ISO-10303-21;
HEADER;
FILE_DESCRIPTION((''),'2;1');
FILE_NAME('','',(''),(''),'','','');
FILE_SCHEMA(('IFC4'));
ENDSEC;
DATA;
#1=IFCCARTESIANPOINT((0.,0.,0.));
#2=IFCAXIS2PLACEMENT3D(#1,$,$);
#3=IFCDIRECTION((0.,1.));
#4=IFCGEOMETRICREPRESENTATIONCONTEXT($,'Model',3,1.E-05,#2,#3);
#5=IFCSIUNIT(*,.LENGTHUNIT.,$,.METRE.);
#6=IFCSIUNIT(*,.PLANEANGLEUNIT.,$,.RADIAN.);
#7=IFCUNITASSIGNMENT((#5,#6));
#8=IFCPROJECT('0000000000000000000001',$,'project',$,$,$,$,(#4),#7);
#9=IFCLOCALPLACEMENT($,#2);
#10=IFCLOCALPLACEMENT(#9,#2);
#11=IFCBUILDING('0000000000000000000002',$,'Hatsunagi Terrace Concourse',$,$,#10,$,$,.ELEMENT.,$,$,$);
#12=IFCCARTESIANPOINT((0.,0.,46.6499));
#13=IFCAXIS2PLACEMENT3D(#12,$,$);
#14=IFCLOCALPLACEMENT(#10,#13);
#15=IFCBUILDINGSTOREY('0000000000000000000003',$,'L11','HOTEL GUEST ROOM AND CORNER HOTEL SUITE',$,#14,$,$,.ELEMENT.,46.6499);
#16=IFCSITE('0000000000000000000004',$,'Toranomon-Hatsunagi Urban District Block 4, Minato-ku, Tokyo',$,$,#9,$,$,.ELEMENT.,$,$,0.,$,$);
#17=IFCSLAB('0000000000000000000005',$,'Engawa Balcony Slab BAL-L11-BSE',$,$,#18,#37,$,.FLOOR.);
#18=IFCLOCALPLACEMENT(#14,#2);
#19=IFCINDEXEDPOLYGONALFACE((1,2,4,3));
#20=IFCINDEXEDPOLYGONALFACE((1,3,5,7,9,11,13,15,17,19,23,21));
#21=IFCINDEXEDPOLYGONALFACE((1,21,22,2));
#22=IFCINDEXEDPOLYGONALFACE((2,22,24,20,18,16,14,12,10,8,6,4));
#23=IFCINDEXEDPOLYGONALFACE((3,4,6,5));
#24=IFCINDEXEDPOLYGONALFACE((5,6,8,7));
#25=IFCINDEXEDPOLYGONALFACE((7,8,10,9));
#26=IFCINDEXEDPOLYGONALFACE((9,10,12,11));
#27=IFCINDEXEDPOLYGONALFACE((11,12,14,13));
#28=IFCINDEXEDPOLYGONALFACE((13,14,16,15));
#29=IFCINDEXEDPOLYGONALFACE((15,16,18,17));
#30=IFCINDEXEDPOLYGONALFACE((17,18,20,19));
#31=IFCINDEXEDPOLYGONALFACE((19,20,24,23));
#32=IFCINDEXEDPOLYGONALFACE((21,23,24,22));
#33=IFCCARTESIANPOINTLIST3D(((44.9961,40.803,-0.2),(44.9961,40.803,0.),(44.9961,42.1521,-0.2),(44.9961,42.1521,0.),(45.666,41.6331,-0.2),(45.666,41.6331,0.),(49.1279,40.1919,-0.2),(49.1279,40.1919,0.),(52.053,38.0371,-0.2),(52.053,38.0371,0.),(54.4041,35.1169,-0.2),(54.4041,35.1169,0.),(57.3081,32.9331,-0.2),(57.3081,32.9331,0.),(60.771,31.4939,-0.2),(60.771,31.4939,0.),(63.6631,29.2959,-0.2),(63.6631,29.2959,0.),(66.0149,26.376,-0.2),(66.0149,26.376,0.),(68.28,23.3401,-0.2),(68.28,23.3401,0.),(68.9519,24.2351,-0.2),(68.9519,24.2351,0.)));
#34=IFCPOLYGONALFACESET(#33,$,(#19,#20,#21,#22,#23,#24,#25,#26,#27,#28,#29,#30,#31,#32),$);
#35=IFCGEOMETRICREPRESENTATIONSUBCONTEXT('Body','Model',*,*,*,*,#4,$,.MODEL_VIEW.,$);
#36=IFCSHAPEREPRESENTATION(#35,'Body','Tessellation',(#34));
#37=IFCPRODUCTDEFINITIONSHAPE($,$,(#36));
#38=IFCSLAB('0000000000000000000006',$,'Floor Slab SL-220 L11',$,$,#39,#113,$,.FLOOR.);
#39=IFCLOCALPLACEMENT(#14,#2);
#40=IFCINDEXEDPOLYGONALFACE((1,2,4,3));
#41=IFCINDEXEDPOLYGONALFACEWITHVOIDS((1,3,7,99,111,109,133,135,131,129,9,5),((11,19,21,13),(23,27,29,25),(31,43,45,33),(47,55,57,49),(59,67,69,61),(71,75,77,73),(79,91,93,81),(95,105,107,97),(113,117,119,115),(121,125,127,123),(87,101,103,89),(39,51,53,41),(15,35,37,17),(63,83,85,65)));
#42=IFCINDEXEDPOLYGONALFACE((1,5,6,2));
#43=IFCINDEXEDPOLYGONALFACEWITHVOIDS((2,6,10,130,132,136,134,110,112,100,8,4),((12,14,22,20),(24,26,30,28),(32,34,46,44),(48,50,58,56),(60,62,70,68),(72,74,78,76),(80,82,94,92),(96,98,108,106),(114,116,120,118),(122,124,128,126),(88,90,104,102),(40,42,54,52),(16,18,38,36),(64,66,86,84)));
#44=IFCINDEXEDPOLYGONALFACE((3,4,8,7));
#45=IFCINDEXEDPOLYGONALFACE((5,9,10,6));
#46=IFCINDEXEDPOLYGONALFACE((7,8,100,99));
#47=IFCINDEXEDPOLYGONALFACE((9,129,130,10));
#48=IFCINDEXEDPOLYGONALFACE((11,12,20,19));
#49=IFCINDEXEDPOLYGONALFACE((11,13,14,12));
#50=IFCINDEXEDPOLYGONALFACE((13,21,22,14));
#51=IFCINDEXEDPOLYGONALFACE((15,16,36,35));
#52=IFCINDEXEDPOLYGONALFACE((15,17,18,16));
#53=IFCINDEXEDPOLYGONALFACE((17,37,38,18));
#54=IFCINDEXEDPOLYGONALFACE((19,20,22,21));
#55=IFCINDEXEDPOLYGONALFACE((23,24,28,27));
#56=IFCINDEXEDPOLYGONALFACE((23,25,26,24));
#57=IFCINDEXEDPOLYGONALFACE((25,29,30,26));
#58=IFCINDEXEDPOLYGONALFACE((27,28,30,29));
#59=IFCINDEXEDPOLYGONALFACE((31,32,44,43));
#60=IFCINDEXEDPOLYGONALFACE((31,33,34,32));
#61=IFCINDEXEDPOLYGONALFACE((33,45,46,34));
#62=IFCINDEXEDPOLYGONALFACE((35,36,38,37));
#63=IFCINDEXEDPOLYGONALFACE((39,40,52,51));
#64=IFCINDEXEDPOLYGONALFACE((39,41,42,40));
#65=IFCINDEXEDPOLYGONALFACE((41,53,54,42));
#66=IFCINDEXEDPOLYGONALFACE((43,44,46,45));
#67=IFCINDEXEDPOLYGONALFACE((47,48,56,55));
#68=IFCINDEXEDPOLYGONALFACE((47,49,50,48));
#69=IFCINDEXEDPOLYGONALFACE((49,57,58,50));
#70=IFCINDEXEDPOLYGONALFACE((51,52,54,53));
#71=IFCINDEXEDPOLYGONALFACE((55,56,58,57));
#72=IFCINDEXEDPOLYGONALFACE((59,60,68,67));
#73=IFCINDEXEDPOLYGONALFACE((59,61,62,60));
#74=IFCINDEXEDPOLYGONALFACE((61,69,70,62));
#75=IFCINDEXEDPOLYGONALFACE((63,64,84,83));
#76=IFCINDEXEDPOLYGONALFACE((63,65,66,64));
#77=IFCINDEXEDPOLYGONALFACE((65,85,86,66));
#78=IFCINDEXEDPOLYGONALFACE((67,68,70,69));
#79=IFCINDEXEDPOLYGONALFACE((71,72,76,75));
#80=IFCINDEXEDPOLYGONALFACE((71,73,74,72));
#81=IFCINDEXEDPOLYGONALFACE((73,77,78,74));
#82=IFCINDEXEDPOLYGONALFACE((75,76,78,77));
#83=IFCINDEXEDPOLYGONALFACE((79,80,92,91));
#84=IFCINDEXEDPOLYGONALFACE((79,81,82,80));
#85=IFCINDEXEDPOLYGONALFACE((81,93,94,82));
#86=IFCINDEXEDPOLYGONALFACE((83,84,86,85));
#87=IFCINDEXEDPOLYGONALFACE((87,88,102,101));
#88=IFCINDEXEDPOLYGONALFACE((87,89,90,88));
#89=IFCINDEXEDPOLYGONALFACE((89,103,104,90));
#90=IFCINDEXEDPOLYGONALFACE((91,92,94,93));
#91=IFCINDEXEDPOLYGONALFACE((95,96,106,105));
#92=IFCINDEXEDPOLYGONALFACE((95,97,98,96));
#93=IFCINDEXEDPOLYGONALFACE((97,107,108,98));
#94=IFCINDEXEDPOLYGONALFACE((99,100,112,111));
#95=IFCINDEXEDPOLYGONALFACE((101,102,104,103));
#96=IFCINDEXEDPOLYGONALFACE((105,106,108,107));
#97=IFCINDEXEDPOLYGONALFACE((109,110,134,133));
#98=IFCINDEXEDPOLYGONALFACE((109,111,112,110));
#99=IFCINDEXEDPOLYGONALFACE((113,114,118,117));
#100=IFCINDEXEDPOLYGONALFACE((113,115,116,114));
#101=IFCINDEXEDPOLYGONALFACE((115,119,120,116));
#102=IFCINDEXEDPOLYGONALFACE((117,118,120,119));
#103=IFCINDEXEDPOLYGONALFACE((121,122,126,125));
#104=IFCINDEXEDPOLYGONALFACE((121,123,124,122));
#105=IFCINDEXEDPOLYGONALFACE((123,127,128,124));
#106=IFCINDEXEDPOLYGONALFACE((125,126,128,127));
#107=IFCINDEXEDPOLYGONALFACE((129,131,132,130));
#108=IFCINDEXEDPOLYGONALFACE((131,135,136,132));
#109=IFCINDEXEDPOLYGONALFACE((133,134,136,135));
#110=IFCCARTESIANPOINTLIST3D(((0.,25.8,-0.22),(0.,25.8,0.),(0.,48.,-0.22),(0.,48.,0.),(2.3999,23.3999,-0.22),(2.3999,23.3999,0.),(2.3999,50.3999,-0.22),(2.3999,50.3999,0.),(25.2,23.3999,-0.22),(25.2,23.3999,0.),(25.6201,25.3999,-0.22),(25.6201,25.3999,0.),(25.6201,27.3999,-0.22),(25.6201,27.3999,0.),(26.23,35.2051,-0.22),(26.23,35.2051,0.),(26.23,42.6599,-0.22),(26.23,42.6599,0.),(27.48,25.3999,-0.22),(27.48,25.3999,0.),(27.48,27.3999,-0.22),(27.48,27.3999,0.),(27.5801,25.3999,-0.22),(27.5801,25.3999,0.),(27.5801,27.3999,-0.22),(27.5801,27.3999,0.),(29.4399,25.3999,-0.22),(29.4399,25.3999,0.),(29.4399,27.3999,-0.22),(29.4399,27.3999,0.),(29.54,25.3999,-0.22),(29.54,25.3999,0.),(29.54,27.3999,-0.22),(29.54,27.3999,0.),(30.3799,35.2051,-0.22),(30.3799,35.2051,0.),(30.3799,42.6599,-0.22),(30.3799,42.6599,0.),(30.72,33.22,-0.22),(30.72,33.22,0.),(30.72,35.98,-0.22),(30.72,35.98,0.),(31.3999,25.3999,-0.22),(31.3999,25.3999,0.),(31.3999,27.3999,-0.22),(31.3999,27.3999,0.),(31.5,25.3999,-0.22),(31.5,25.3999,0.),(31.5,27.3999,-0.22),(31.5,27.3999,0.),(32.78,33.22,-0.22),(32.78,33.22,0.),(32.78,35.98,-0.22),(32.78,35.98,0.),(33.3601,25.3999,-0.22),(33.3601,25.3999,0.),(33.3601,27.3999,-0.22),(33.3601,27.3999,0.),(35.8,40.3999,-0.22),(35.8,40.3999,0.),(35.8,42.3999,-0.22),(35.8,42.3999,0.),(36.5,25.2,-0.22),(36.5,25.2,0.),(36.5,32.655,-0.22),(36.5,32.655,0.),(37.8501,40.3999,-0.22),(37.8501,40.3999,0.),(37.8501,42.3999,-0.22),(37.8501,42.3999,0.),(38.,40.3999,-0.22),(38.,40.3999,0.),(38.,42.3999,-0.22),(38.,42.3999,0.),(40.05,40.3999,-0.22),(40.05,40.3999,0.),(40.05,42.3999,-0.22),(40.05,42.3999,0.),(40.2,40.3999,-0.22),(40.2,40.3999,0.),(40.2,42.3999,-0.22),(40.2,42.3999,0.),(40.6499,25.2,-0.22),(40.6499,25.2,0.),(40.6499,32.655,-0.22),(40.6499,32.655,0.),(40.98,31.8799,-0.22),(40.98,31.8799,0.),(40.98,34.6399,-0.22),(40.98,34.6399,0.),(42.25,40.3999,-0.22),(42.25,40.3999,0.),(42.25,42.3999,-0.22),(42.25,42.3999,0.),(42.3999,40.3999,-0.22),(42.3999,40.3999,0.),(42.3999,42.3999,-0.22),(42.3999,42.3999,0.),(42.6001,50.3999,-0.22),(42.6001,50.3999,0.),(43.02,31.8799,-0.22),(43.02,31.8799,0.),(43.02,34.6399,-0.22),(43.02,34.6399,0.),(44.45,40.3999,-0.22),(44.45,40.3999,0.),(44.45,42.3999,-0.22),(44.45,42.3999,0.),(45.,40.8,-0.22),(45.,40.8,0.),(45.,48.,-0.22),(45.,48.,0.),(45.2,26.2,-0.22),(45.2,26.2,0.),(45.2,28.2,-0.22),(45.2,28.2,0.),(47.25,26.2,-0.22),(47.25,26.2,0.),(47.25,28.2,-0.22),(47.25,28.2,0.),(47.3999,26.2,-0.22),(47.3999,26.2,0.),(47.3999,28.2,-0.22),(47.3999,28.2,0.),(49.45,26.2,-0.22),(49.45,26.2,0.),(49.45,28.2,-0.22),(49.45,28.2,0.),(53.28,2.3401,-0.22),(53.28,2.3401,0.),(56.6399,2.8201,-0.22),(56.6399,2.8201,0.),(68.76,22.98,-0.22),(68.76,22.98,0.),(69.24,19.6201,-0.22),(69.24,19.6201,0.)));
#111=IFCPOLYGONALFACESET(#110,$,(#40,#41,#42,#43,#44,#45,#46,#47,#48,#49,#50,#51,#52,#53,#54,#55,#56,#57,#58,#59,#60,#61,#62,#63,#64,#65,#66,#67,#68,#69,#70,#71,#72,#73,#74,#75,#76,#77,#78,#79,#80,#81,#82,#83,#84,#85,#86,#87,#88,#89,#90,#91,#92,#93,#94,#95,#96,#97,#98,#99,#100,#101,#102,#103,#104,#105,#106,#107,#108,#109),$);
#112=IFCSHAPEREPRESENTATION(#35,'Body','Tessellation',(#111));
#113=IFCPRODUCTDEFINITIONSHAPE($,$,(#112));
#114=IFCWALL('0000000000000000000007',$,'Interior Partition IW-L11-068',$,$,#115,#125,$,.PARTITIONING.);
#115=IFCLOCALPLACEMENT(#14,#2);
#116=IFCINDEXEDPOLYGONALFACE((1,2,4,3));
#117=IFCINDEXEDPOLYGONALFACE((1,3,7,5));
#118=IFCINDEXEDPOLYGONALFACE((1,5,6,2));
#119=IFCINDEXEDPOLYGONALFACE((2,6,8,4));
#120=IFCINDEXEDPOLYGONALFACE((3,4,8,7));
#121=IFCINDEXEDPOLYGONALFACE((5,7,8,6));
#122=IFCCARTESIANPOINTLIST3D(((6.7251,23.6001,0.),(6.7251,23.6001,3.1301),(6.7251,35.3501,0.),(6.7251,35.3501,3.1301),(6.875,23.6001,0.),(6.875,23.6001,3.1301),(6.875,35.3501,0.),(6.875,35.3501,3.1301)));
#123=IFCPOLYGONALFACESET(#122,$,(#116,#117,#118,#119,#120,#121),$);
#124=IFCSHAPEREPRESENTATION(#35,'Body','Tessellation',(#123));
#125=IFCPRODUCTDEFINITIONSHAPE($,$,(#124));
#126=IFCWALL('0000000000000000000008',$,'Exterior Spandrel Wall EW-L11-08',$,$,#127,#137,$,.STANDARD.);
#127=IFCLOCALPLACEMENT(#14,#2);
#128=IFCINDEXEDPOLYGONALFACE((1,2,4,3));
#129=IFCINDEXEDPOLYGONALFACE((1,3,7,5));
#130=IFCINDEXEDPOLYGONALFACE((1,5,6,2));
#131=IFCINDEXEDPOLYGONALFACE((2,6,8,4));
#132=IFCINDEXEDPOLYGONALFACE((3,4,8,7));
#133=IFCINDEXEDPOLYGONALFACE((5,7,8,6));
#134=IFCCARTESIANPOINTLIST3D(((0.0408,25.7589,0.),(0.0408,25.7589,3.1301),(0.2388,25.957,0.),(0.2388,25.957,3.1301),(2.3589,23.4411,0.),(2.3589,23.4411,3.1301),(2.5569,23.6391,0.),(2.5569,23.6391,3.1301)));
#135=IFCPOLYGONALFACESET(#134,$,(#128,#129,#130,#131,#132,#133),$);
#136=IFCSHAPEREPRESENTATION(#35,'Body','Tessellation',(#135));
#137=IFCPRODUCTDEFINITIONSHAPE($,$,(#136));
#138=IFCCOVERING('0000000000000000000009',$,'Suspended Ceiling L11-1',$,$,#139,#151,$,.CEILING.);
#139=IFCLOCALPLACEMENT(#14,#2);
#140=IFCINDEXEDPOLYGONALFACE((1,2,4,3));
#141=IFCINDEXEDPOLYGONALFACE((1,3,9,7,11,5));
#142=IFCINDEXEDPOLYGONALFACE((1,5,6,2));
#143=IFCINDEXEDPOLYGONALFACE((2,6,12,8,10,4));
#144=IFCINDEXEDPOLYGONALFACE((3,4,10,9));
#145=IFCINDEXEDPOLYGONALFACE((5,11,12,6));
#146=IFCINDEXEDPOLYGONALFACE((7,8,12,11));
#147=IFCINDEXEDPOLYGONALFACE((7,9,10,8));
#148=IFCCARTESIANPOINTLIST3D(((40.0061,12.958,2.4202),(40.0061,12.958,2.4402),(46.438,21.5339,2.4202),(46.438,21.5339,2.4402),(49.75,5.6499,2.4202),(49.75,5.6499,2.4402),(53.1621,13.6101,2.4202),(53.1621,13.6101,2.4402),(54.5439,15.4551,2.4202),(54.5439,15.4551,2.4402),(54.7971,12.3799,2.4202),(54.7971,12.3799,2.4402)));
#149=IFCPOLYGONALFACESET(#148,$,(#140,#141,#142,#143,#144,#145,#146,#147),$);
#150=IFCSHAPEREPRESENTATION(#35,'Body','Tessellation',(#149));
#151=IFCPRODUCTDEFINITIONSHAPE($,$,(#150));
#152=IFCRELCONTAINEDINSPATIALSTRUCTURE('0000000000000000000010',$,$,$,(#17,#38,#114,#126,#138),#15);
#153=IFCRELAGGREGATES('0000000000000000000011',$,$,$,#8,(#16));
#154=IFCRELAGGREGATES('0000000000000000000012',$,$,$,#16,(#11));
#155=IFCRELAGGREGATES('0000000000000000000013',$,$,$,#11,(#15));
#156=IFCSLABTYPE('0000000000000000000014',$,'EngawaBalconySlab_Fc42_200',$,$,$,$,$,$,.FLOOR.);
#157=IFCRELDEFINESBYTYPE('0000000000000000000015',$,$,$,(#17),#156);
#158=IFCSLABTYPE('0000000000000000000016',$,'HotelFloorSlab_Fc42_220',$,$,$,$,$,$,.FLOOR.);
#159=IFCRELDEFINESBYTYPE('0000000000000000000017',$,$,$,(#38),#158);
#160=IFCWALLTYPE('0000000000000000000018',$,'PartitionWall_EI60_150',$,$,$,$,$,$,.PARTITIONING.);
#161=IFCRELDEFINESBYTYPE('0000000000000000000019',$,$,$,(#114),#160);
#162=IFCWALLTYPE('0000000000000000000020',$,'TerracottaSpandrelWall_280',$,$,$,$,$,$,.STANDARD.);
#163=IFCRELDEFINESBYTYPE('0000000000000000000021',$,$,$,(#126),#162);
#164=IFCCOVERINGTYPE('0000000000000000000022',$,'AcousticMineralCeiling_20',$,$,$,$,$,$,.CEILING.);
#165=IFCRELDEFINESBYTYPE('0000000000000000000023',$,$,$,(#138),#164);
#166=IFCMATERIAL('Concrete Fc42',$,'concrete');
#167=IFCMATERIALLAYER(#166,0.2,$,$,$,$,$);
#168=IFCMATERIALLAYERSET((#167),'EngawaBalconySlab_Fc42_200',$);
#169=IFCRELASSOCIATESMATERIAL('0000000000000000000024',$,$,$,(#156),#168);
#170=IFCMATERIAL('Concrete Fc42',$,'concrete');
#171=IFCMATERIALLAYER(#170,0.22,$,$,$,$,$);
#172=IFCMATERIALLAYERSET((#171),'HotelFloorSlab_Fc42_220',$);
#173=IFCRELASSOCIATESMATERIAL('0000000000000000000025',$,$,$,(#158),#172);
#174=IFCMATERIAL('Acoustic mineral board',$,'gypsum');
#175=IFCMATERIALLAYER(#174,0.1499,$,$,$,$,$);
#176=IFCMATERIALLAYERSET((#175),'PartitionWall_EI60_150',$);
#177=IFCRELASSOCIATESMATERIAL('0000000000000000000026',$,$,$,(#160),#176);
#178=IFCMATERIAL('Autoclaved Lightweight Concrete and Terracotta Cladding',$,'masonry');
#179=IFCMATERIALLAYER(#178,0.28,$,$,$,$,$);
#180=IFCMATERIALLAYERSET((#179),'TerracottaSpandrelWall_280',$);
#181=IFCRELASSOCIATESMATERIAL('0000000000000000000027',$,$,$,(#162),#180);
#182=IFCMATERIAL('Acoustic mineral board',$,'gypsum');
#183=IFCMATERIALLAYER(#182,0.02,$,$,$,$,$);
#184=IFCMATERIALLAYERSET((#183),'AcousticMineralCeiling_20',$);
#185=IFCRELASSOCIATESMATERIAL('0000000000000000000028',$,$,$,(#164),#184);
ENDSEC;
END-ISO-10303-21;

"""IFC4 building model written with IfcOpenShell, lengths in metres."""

from ifc_helpers import new_model, si_unit, direction, frame, frame_2d, origin, place, context, subcontext, project, spatial, polyline, rectangle, outline, extrude, material, layer, layer_set, type_object, element, save


model = new_model("IFC4")

# Units and contexts
model_context = context("Model", 3, precision=1e-05, world=origin(), true_north=direction((0.0, 1.0)))
body_context = subcontext(model_context, "Body", "Model", "MODEL_VIEW")
ifc_project = project(units=[si_unit("LENGTHUNIT", "METRE"), si_unit("PLANEANGLEUNIT", "RADIAN")], contexts=[model_context])

# Site, building, storey
site_placement = place(None, origin())
site = spatial("IfcSite", under=ifc_project, at=site_placement, Name="Toranomon-Hatsunagi Urban District Block 4, Minato-ku, Tokyo", CompositionType="ELEMENT", RefElevation=0.0)
building_placement = place(site_placement, origin())
building = spatial("IfcBuilding", under=site, at=building_placement, Name="Hatsunagi Terrace Concourse", CompositionType="ELEMENT")
storey_placement = place(building_placement, frame((0.0, 0.0, 46.6499)))
storey = spatial("IfcBuildingStorey", under=building, at=storey_placement, Name="L11", Description="HOTEL GUEST ROOM AND CORNER HOTEL SUITE", CompositionType="ELEMENT", Elevation=46.6499)

# Slabs
ifc_material_1 = material(Name="Concrete Fc42", Category="concrete")
ifc_layer_1 = layer(ifc_material_1, 0.2)
ifc_layer_set_1 = layer_set([ifc_layer_1], Name="EngawaBalconySlab_Fc42_200")
slab_type_1 = type_object("IfcSlabType", Name="EngawaBalconySlab_Fc42_200", PredefinedType="FLOOR", material=ifc_layer_set_1)
slab_1_placement = place(storey_placement, frame((0.0, 0.0, -0.2)))
element("IfcSlab", 1, at=slab_1_placement, inside=storey, type_object=slab_type_1, Name="Engawa Balcony Slab BAL-L11-BSE", PredefinedType="FLOOR", context=body_context, shape_type="SweptSolid", body=[
    extrude(outline(polyline([(45.666, 41.6331), (44.9961, 42.1521), (44.9961, 40.803), (68.28, 23.3401), (68.9519, 24.2351), (66.0149, 26.376), (63.6631, 29.2959), (60.771, 31.4939), (57.3081, 32.9331), (54.4041, 35.1169), (52.053, 38.0371), (49.1279, 40.1919), (45.666, 41.6331)])), origin(), (0.0, 0.0, 1.0), 0.2),
])
ifc_material_2 = material(Name="Concrete Fc42", Category="concrete")
ifc_layer_2 = layer(ifc_material_2, 0.22)
ifc_layer_set_2 = layer_set([ifc_layer_2], Name="HotelFloorSlab_Fc42_220")
slab_type_2 = type_object("IfcSlabType", Name="HotelFloorSlab_Fc42_220", PredefinedType="FLOOR", material=ifc_layer_set_2)
slab_2_placement = place(storey_placement, frame((0.0, 0.0, -0.22)))
element("IfcSlab", 2, at=slab_2_placement, inside=storey, type_object=slab_type_2, Name="Floor Slab SL-220 L11", PredefinedType="FLOOR", context=body_context, shape_type="SweptSolid", body=[
    extrude(outline(polyline([(45.0, 40.8), (45.0, 48.0), (42.6001, 50.3999), (2.3999, 50.3999), (0.0, 48.0), (0.0, 25.8), (2.3999, 23.3999), (25.2, 23.3999), (53.28, 2.3401), (56.6399, 2.8201), (69.24, 19.6201), (68.76, 22.98), (45.0, 40.8)]), holes=[polyline([(26.23, 35.2051), (30.3799, 35.2051), (30.3799, 42.6599), (26.23, 42.6599), (26.23, 35.2051)]), polyline([(36.5, 25.2), (40.6499, 25.2), (40.6499, 32.655), (36.5, 32.655), (36.5, 25.2)]), polyline([(30.72, 33.22), (32.78, 33.22), (32.78, 35.98), (30.72, 35.98), (30.72, 33.22)]), polyline([(40.98, 31.8799), (43.02, 31.8799), (43.02, 34.6399), (40.98, 34.6399), (40.98, 31.8799)]), polyline([(25.6201, 25.3999), (27.48, 25.3999), (27.48, 27.3999), (25.6201, 27.3999), (25.6201, 25.3999)]), polyline([(27.5801, 25.3999), (29.4399, 25.3999), (29.4399, 27.3999), (27.5801, 27.3999), (27.5801, 25.3999)]), polyline([(29.54, 25.3999), (31.3999, 25.3999), (31.3999, 27.3999), (29.54, 27.3999), (29.54, 25.3999)]), polyline([(31.5, 25.3999), (33.3601, 25.3999), (33.3601, 27.3999), (31.5, 27.3999), (31.5, 25.3999)]), polyline([(35.8, 40.3999), (37.8501, 40.3999), (37.8501, 42.3999), (35.8, 42.3999), (35.8, 40.3999)]), polyline([(38.0, 40.3999), (40.05, 40.3999), (40.05, 42.3999), (38.0, 42.3999), (38.0, 40.3999)]), polyline([(40.2, 40.3999), (42.25, 40.3999), (42.25, 42.3999), (40.2, 42.3999), (40.2, 40.3999)]), polyline([(42.3999, 40.3999), (44.45, 40.3999), (44.45, 42.3999), (42.3999, 42.3999), (42.3999, 40.3999)]), polyline([(45.2, 26.2), (47.25, 26.2), (47.25, 28.2), (45.2, 28.2), (45.2, 26.2)]), polyline([(47.3999, 26.2), (49.45, 26.2), (49.45, 28.2), (47.3999, 28.2), (47.3999, 26.2)])]), origin(), (0.0, 0.0, 1.0), 0.22),
])

# Walls
ifc_material_3 = material(Name="Acoustic mineral board", Category="gypsum")
ifc_layer_3 = layer(ifc_material_3, 0.1499)
ifc_layer_set_3 = layer_set([ifc_layer_3], Name="PartitionWall_EI60_150")
wall_type_1 = type_object("IfcWallType", Name="PartitionWall_EI60_150", PredefinedType="PARTITIONING", material=ifc_layer_set_3)
wall_1_placement = place(storey_placement, frame((6.8, 23.6001, 0.0), z_axis=(0.0, 0.0, 1.0), x_axis=(0.0, 1.0, 0.0)))
element("IfcWall", 3, at=wall_1_placement, inside=storey, type_object=wall_type_1, Name="Interior Partition IW-L11-068", PredefinedType="PARTITIONING", context=body_context, shape_type="SweptSolid", body=[
    extrude(rectangle(XDim=11.75, YDim=0.1499, at=frame_2d((5.875, 0.0))), origin(), (0.0, 0.0, 1.0), 3.1301),
])
ifc_material_4 = material(Name="Autoclaved Lightweight Concrete and Terracotta Cladding", Category="masonry")
ifc_layer_4 = layer(ifc_material_4, 0.28)
ifc_layer_set_4 = layer_set([ifc_layer_4], Name="TerracottaSpandrelWall_280")
wall_type_2 = type_object("IfcWallType", Name="TerracottaSpandrelWall_280", PredefinedType="STANDARD", material=ifc_layer_set_4)
wall_2_placement = place(storey_placement, frame((2.458, 23.54, 0.0), z_axis=(0.0, 0.0, 1.0), x_axis=(-0.707144, 0.70707, 0.0)))
element("IfcWall", 4, at=wall_2_placement, inside=storey, type_object=wall_type_2, Name="Exterior Spandrel Wall EW-L11-08", PredefinedType="STANDARD", context=body_context, shape_type="SweptSolid", body=[
    extrude(rectangle(XDim=3.2781, YDim=0.28, at=frame_2d((1.6392, 0.0))), origin(), (0.0, 0.0, 1.0), 3.1301),
])

# Covering
ifc_material_5 = material(Name="Acoustic mineral board", Category="gypsum")
ifc_layer_5 = layer(ifc_material_5, 0.02)
ifc_layer_set_5 = layer_set([ifc_layer_5], Name="AcousticMineralCeiling_20")
covering_type_1 = type_object("IfcCoveringType", Name="AcousticMineralCeiling_20", PredefinedType="CEILING", material=ifc_layer_set_5)
covering_1_placement = place(storey_placement, frame((0.0, 0.0, 2.4202)))
element("IfcCovering", 5, at=covering_1_placement, inside=storey, type_object=covering_type_1, Name="Suspended Ceiling L11-1", PredefinedType="CEILING", context=body_context, shape_type="SweptSolid", body=[
    extrude(outline(polyline([(49.75, 5.6499), (54.7971, 12.3799), (53.1621, 13.6101), (54.5439, 15.4551), (46.438, 21.5339), (40.0061, 12.958), (49.75, 5.6499)])), origin(), (0.0, 0.0, 1.0), 0.02),
])

save(model, "model.ifc")
